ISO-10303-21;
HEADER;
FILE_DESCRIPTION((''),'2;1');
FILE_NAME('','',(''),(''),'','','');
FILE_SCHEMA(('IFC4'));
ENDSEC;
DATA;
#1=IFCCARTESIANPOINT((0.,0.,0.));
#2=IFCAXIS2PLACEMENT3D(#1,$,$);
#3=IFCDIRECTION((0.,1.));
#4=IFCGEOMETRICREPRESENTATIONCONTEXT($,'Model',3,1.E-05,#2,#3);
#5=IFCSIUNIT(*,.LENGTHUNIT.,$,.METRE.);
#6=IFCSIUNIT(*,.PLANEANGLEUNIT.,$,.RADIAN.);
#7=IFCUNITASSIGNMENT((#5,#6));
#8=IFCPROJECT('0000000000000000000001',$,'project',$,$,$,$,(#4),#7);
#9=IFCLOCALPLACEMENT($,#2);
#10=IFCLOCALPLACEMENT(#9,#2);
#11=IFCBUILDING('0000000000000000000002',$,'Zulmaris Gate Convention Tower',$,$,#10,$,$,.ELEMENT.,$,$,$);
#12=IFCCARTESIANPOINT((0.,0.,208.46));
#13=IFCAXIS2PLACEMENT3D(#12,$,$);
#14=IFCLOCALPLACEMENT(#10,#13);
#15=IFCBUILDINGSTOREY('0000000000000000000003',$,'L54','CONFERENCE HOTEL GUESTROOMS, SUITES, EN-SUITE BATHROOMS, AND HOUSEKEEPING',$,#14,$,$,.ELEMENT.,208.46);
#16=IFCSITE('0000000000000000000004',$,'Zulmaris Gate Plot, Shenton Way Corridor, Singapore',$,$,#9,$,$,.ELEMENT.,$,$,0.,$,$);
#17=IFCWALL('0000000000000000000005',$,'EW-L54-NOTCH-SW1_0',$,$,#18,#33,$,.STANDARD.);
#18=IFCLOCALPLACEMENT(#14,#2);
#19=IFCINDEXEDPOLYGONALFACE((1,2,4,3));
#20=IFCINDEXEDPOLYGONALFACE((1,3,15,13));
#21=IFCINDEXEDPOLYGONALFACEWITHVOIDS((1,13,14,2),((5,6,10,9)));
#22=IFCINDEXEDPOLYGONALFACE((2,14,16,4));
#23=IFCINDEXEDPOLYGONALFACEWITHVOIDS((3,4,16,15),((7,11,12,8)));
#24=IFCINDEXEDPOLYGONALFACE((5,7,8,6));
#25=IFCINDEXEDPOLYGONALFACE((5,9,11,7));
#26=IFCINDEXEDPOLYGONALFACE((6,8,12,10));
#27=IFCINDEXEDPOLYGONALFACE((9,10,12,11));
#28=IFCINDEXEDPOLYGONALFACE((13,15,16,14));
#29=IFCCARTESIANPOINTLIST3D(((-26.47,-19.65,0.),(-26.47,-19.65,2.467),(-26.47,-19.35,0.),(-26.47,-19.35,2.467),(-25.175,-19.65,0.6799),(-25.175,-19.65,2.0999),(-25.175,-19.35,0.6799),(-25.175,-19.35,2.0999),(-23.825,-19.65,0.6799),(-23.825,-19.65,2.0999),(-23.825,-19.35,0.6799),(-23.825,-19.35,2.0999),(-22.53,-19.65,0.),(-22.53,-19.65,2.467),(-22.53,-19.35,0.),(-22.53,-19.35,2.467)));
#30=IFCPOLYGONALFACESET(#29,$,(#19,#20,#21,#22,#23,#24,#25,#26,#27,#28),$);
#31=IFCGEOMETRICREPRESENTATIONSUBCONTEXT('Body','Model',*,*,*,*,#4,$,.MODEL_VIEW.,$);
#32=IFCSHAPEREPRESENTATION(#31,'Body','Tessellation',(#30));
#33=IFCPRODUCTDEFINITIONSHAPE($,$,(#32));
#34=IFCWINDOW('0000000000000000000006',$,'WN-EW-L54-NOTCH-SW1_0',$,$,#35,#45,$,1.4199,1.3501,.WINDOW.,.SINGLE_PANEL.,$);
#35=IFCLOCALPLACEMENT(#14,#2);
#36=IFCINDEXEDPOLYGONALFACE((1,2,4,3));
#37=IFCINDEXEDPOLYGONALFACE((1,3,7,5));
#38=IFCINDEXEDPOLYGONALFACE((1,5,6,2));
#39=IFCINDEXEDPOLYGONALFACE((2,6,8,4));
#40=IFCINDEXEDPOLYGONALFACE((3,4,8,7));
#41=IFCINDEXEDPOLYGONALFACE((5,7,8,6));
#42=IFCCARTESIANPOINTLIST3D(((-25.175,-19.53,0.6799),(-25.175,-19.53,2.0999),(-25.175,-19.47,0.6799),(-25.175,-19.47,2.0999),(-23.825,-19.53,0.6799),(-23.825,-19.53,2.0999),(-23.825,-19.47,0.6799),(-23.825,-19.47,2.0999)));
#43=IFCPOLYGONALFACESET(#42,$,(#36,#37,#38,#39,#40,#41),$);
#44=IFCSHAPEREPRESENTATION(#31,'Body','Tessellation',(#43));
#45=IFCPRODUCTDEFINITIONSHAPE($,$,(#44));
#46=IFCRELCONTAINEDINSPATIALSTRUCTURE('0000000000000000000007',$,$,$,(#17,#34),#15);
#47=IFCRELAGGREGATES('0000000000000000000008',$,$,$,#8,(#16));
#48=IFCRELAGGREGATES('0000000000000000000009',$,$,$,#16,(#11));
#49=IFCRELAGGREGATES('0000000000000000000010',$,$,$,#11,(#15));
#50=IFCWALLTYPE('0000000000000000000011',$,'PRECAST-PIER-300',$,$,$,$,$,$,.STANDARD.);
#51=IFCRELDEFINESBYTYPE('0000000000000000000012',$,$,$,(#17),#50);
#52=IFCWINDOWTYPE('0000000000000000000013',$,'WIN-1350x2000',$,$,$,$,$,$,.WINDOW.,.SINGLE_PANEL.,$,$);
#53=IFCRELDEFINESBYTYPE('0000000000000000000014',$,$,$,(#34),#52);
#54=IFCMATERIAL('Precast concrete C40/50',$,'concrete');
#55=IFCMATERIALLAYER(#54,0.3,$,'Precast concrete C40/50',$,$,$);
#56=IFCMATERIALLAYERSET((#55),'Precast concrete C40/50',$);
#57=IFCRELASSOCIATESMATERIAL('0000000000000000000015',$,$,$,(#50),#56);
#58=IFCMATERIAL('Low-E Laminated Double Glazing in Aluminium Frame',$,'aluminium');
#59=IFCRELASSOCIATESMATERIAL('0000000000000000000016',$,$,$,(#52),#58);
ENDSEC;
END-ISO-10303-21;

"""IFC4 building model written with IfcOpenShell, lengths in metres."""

from ifc_helpers import new_model, si_unit, direction, frame, frame_2d, origin, place, context, subcontext, project, spatial, rectangle, extrude, material, layer, layer_set, type_object, element, fill, save


model = new_model("IFC4")

# Units and contexts
model_context = context("Model", 3, precision=1e-05, world=origin(), true_north=direction((0.0, 1.0)))
body_context = subcontext(model_context, "Body", "Model", "MODEL_VIEW")
ifc_project = project(units=[si_unit("LENGTHUNIT", "METRE"), si_unit("PLANEANGLEUNIT", "RADIAN")], contexts=[model_context])

# Site, building, storey
site_placement = place(None, origin())
site = spatial("IfcSite", under=ifc_project, at=site_placement, Name="Zulmaris Gate Plot, Shenton Way Corridor, Singapore", CompositionType="ELEMENT", RefElevation=0.0)
building_placement = place(site_placement, origin())
building = spatial("IfcBuilding", under=site, at=building_placement, Name="Zulmaris Gate Convention Tower", CompositionType="ELEMENT")
storey_placement = place(building_placement, frame((0.0, 0.0, 208.46)))
storey = spatial("IfcBuildingStorey", under=building, at=storey_placement, Name="L54", Description="CONFERENCE HOTEL GUESTROOMS, SUITES, EN-SUITE BATHROOMS, AND HOUSEKEEPING", CompositionType="ELEMENT", Elevation=208.46)

# Wall, opening, window
ifc_material_1 = material(Name="Precast concrete C40/50", Category="concrete")
ifc_layer_1 = layer(ifc_material_1, 0.3, Name="Precast concrete C40/50")
ifc_layer_set_1 = layer_set([ifc_layer_1], Name="Precast concrete C40/50")
wall_type_1 = type_object("IfcWallType", Name="PRECAST-PIER-300", PredefinedType="STANDARD", material=ifc_layer_set_1)
wall_1_placement = place(storey_placement, frame((-26.47, -19.5, 0.0), z_axis=(0.0, 0.0, 1.0), x_axis=(1.0, 0.0, 0.0)))
wall_1 = element("IfcWall", 1, at=wall_1_placement, inside=storey, type_object=wall_type_1, Name="EW-L54-NOTCH-SW1_0", PredefinedType="STANDARD", context=body_context, shape_type="SweptSolid", body=[
    extrude(rectangle(XDim=3.9399, YDim=0.3, at=frame_2d((1.97, 0.0))), origin(), (0.0, 0.0, 1.0), 2.467),
])
opening_1_placement = place(wall_1_placement, frame((1.2949, 0.0, 0.6799)))
opening_1 = element("IfcOpeningElement", 2, at=opening_1_placement, cuts=wall_1, PredefinedType="OPENING", context=body_context, shape_type="SweptSolid", body=[
    extrude(rectangle(XDim=1.3501, YDim=1.4199, at=frame_2d((0.675, 0.71))), frame((0.0, 0.1602, 0.0), z_axis=(0.0, -1.0, 0.0), x_axis=(1.0, 0.0, 0.0)), (0.0, 0.0, 1.0), 0.3201),
])
ifc_material_2 = material(Name="Low-E Laminated Double Glazing in Aluminium Frame", Category="aluminium")
window_type = type_object("IfcWindowType", Name="WIN-1350x2000", PartitioningType="SINGLE_PANEL", PredefinedType="WINDOW", material=ifc_material_2)
window_placement = place(opening_1_placement, origin())
window = element("IfcWindow", 3, at=window_placement, inside=storey, type_object=window_type, Name="WN-EW-L54-NOTCH-SW1_0", OverallHeight=1.4199, OverallWidth=1.3501, PartitioningType="SINGLE_PANEL", PredefinedType="WINDOW", context=body_context, shape_type="SweptSolid", body=[
    extrude(rectangle(XDim=1.3501, YDim=1.4199, at=frame_2d((0.675, 0.71))), frame((0.0, 0.03, 0.0), z_axis=(0.0, -1.0, 0.0), x_axis=(1.0, 0.0, 0.0)), (0.0, 0.0, 1.0), 0.0601),
])
fill(opening_1, window)

save(model, "model.ifc")
